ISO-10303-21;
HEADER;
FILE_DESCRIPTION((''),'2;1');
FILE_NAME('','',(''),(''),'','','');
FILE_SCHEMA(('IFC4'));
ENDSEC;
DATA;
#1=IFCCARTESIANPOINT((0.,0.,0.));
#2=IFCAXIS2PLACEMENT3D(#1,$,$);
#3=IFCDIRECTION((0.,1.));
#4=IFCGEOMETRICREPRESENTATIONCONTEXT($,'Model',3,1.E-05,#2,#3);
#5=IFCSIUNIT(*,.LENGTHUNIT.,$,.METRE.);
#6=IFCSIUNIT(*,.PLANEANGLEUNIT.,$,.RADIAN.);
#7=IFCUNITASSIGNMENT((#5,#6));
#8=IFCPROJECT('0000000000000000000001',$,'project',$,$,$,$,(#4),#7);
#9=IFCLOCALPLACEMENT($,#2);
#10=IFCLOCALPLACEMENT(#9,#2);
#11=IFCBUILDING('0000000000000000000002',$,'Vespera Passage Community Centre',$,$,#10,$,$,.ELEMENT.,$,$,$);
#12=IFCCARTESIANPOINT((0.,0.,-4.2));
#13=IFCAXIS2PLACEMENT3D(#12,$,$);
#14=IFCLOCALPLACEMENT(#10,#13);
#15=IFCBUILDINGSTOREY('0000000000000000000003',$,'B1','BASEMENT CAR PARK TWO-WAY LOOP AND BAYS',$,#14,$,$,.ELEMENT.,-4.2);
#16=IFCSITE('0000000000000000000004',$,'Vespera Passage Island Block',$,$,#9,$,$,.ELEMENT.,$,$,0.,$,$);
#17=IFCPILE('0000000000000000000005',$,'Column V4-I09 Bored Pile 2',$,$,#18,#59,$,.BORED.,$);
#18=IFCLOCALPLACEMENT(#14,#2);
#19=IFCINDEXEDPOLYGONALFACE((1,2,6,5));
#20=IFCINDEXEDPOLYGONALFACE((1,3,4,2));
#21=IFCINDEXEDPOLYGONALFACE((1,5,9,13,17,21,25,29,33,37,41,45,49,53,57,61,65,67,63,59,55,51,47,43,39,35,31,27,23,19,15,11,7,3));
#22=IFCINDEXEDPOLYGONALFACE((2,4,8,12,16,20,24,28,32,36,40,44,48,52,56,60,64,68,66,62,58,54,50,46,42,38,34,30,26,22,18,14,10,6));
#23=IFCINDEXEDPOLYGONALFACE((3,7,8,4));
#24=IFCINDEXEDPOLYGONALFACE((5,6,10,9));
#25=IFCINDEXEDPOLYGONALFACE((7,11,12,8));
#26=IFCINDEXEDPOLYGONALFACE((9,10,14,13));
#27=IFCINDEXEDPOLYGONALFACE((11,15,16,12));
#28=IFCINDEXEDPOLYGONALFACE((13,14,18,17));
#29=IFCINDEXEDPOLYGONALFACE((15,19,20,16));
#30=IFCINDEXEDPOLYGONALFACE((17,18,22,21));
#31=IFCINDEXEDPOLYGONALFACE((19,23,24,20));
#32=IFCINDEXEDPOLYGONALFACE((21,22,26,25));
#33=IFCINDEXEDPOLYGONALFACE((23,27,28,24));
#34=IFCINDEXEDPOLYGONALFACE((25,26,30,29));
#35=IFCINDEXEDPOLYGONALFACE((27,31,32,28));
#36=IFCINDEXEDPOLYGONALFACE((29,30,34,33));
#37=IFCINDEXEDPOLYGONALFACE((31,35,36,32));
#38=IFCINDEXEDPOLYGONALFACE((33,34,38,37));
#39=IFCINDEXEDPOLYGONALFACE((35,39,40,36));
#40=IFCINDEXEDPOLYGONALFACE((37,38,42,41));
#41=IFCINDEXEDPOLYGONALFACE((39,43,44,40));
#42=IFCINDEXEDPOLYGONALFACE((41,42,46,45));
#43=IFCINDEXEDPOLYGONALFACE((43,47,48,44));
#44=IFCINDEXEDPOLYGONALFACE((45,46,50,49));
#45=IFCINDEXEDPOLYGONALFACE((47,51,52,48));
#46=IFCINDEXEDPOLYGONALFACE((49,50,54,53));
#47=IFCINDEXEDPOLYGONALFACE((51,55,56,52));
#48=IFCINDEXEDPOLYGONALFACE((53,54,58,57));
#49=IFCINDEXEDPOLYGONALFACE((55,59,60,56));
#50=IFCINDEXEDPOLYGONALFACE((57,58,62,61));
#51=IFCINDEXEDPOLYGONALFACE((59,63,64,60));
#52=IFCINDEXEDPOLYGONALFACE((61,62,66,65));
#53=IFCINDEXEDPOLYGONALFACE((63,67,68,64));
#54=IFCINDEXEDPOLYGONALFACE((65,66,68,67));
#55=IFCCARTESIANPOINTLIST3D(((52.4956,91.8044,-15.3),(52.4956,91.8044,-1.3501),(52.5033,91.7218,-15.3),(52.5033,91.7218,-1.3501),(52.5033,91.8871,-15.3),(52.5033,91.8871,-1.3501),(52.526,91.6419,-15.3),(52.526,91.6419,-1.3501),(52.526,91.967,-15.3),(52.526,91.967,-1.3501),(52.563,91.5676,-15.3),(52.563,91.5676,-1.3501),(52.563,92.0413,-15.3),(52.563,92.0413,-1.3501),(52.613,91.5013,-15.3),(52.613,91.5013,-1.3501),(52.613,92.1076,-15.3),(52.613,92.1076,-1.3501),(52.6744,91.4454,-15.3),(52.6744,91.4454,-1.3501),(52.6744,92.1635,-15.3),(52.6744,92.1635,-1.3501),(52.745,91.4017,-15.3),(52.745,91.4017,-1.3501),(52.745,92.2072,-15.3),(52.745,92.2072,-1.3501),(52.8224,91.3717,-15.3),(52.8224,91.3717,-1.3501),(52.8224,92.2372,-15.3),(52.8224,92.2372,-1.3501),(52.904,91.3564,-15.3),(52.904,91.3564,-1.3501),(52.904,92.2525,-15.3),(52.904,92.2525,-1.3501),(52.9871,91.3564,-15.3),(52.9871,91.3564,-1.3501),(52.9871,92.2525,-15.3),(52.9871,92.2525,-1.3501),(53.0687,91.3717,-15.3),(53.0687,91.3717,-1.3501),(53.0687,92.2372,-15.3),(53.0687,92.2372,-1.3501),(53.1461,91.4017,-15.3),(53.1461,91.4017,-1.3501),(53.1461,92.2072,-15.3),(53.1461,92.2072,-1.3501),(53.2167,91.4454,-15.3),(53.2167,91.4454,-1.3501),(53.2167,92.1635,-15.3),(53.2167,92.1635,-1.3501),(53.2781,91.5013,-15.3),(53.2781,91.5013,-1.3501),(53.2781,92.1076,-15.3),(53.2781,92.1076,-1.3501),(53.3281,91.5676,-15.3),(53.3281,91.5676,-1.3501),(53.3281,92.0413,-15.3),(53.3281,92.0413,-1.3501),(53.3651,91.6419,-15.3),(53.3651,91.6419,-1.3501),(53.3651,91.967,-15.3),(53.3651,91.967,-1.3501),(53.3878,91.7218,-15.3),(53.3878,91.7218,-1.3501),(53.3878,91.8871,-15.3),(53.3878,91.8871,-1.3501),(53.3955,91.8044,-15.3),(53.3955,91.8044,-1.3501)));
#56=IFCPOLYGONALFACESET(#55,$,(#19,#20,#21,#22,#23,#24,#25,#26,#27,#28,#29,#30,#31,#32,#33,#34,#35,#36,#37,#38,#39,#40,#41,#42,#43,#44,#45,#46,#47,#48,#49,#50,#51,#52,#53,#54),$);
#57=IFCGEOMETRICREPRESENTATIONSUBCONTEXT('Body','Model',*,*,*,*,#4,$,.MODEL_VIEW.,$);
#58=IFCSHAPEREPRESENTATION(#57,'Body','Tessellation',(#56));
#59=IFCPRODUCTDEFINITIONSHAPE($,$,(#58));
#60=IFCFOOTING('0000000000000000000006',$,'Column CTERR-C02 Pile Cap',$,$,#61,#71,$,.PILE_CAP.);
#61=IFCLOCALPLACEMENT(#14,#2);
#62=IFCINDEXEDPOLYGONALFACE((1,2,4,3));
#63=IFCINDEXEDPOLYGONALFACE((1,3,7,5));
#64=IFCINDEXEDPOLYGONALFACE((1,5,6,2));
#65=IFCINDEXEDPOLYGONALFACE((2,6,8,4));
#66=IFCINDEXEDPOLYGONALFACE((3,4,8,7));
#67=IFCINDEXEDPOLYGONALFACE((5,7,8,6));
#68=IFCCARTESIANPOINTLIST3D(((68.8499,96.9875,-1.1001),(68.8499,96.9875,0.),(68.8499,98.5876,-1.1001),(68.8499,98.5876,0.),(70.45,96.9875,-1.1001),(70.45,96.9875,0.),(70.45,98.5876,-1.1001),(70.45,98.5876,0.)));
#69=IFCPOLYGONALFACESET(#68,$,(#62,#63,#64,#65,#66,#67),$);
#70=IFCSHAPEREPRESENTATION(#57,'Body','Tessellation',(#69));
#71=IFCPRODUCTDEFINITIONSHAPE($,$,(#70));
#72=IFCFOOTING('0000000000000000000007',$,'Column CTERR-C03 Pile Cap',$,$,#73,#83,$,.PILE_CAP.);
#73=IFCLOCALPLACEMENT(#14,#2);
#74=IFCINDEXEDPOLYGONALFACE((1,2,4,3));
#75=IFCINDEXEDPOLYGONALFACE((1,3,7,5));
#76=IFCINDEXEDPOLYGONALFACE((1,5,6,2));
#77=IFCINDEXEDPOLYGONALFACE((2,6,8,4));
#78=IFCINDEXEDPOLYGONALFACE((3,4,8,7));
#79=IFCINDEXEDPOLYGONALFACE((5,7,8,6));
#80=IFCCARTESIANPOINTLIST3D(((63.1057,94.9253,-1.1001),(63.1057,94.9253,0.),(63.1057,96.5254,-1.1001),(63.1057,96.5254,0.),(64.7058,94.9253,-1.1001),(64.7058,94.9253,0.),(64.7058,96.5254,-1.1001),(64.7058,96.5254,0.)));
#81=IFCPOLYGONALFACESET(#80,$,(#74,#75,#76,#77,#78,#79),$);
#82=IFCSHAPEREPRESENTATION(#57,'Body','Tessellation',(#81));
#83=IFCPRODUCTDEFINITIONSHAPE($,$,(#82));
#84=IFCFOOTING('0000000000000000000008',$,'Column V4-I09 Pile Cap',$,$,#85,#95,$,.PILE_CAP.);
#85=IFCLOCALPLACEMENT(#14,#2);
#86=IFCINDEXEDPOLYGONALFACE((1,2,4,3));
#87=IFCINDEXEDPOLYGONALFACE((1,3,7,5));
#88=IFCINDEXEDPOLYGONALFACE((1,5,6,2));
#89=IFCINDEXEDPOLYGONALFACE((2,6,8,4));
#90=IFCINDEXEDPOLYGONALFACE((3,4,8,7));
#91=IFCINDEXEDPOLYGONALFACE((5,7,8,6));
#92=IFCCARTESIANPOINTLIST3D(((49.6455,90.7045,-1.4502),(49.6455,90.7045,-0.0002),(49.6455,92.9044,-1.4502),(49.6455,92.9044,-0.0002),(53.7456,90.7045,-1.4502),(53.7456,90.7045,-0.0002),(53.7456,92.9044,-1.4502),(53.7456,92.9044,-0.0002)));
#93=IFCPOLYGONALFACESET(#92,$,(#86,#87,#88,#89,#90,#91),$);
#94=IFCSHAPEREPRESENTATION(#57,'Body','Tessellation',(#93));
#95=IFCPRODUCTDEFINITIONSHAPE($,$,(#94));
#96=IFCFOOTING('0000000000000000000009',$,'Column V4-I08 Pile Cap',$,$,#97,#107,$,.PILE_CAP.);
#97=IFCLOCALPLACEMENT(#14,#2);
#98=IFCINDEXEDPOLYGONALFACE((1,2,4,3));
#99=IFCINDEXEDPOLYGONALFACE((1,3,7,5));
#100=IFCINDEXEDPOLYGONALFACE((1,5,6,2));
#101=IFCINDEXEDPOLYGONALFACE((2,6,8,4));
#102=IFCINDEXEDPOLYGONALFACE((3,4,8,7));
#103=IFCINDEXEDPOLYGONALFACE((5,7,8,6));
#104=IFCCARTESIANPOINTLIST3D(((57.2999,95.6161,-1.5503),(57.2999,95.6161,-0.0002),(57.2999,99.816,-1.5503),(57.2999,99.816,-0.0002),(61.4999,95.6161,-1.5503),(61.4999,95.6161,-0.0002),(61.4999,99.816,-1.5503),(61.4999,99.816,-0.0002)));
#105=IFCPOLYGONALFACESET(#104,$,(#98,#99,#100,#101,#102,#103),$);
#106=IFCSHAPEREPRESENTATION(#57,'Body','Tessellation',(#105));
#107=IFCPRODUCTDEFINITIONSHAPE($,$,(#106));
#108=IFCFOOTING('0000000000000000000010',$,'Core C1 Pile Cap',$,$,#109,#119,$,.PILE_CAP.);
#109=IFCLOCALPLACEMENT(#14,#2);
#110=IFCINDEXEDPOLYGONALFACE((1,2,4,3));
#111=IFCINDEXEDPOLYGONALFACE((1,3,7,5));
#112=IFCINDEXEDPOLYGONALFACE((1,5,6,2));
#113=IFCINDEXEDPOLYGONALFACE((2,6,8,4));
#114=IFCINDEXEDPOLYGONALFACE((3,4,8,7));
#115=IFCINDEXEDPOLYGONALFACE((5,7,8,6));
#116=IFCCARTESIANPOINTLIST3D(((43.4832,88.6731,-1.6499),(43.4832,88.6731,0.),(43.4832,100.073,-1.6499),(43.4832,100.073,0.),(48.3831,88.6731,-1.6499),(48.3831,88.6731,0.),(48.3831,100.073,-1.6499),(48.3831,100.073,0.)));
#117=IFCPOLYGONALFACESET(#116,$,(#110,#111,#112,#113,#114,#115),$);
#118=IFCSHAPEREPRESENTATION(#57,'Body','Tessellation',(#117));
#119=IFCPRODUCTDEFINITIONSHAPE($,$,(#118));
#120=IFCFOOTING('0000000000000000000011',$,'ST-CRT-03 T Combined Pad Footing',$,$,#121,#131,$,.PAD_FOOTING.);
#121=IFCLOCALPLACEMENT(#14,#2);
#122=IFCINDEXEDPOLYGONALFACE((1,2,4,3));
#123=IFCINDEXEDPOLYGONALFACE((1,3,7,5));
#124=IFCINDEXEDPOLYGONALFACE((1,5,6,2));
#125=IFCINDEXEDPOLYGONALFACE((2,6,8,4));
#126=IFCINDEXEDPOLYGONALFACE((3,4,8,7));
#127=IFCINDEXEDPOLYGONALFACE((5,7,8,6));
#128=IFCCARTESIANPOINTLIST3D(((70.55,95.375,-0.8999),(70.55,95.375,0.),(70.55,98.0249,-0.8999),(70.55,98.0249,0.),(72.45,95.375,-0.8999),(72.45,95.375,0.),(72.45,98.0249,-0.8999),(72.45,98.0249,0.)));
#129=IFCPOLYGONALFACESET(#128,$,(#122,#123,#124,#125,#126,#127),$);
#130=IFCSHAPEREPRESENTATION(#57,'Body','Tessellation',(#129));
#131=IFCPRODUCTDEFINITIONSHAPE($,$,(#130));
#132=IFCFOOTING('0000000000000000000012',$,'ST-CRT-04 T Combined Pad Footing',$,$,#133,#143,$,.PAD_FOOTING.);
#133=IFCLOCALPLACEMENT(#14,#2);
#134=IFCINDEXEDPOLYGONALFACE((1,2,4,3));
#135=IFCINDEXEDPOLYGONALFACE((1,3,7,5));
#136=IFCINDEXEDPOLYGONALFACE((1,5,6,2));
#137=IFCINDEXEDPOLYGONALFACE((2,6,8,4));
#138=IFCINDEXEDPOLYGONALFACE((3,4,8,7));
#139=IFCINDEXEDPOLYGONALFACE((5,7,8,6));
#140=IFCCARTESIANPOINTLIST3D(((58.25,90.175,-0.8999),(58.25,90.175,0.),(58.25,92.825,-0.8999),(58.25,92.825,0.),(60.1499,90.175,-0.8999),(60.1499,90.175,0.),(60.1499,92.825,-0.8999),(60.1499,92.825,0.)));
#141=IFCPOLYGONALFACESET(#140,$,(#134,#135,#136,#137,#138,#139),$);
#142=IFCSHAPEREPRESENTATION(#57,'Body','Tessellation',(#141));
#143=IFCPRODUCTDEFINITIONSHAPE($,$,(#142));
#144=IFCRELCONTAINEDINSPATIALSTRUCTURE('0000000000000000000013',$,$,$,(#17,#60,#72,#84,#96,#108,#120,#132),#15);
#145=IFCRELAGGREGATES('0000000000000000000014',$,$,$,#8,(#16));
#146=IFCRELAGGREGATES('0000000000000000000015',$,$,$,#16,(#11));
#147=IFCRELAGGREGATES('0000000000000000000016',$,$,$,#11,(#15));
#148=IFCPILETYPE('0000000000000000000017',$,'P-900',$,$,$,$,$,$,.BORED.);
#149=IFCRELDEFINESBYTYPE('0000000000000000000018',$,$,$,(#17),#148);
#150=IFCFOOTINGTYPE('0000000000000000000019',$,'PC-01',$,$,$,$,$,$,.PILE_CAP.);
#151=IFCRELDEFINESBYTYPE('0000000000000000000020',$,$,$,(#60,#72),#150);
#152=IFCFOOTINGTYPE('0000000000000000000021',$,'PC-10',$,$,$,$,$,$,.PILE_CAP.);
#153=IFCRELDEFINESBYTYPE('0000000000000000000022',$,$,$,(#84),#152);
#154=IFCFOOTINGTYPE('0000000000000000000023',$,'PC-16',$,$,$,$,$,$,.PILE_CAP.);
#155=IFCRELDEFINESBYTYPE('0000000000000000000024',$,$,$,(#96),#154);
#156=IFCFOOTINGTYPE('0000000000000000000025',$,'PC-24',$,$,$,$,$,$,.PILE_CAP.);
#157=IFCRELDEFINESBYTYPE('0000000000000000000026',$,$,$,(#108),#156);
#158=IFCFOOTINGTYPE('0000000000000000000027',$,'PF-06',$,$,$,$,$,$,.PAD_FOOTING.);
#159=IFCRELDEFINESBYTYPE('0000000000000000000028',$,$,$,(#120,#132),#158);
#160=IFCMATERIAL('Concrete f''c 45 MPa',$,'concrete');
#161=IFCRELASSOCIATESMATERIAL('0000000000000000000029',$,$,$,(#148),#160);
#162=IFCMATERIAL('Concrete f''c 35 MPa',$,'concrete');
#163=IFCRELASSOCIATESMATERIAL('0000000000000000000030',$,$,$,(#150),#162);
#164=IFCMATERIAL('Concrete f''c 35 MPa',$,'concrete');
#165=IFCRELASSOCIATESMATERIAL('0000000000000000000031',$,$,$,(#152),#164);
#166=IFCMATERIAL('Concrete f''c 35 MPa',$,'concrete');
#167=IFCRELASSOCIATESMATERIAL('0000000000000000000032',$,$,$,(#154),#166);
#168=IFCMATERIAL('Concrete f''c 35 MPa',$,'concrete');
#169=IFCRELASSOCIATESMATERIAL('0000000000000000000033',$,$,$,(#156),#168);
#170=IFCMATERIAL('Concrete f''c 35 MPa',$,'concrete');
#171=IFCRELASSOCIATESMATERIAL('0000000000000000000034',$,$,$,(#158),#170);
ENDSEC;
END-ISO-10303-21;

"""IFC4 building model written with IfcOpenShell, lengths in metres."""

from ifc_helpers import new_model, si_unit, direction, frame, origin, origin_2d, place, context, subcontext, project, spatial, rectangle, circle, extrude, material, material_profile, profile_set, type_object, element, save


model = new_model("IFC4")

# Units and contexts
model_context = context("Model", 3, precision=1e-05, world=origin(), true_north=direction((0.0, 1.0)))
body_context = subcontext(model_context, "Body", "Model", "MODEL_VIEW")
ifc_project = project(units=[si_unit("LENGTHUNIT", "METRE"), si_unit("PLANEANGLEUNIT", "RADIAN")], contexts=[model_context])

# Site, building, storey
site_placement = place(None, origin())
site = spatial("IfcSite", under=ifc_project, at=site_placement, Name="Vespera Passage Island Block", CompositionType="ELEMENT", RefElevation=0.0)
building_placement = place(site_placement, origin())
building = spatial("IfcBuilding", under=site, at=building_placement, Name="Vespera Passage Community Centre", CompositionType="ELEMENT")
storey_placement = place(building_placement, frame((0.0, 0.0, -4.2)))
storey = spatial("IfcBuildingStorey", under=building, at=storey_placement, Name="B1", Description="BASEMENT CAR PARK TWO-WAY LOOP AND BAYS", CompositionType="ELEMENT", Elevation=-4.2)

# Pile
ifc_material_1 = material(Name="Concrete f'c 45 MPa", Category="concrete")
ifc_material_profile_1 = material_profile(ifc_material_1, circle(Radius=0.45, at=origin_2d()), Name="PILE900DIA")
ifc_profile_set_1 = profile_set([ifc_material_profile_1], Name="Concrete f'c 45 MPa")
pile_type_1 = type_object("IfcPileType", Name="P-900", PredefinedType="BORED", material=ifc_profile_set_1)
for number, where, z_axis, x_axis, name in (
    (1, (52.9456, 91.8044, -1.3501), (0.0, 0.0, -1.0), (1.0, 0.0, 0.0), "Column V4-I09 Bored Pile 2"),
):
    element("IfcPile", number, at=place(storey_placement, frame(where, z_axis=z_axis, x_axis=x_axis)), inside=storey, type_object=pile_type_1, Name=name, PredefinedType="BORED", context=body_context, shape_type="SweptSolid", body=[
        extrude(circle(Radius=0.45, at=origin_2d()), origin(), (0.0, 0.0, 1.0), 13.95),
    ])

# Footings
ifc_material_2 = material(Name="Concrete f'c 35 MPa", Category="concrete")
footing_type_1 = type_object("IfcFootingType", Name="PC-01", PredefinedType="PILE_CAP", material=ifc_material_2)
for number, where, z_axis, x_axis, name in (
    (2, (69.6499, 97.7876, -1.1001), (0.0, 0.0, 1.0), (1.0, 0.0, 0.0), "Column CTERR-C02 Pile Cap"),
    (3, (63.9058, 95.7253, -1.1001), (0.0, 0.0, 1.0), (1.0, 0.0, 0.0), "Column CTERR-C03 Pile Cap"),
):
    element("IfcFooting", number, at=place(storey_placement, frame(where, z_axis=z_axis, x_axis=x_axis)), inside=storey, type_object=footing_type_1, Name=name, PredefinedType="PILE_CAP", context=body_context, shape_type="SweptSolid", body=[
        extrude(rectangle(XDim=1.6001, YDim=1.6001, at=origin_2d()), origin(), (0.0, 0.0, 1.0), 1.1001),
    ])
ifc_material_3 = material(Name="Concrete f'c 35 MPa", Category="concrete")
footing_type_2 = type_object("IfcFootingType", Name="PC-10", PredefinedType="PILE_CAP", material=ifc_material_3)
footing_1_placement = place(storey_placement, frame((51.6956, 91.8044, -1.4502), z_axis=(0.0, 0.0, 1.0), x_axis=(1.0, 0.0, 0.0)))
element("IfcFooting", 4, at=footing_1_placement, inside=storey, type_object=footing_type_2, Name="Column V4-I09 Pile Cap", PredefinedType="PILE_CAP", context=body_context, shape_type="SweptSolid", body=[
    extrude(rectangle(XDim=4.1001, YDim=2.2, at=origin_2d()), origin(), (0.0, 0.0, 1.0), 1.45),
])
ifc_material_4 = material(Name="Concrete f'c 35 MPa", Category="concrete")
footing_type_3 = type_object("IfcFootingType", Name="PC-16", PredefinedType="PILE_CAP", material=ifc_material_4)
footing_2_placement = place(storey_placement, frame((59.3999, 97.7161, -1.5503), z_axis=(0.0, 0.0, 1.0), x_axis=(1.0, 0.0, 0.0)))
element("IfcFooting", 5, at=footing_2_placement, inside=storey, type_object=footing_type_3, Name="Column V4-I08 Pile Cap", PredefinedType="PILE_CAP", context=body_context, shape_type="SweptSolid", body=[
    extrude(rectangle(XDim=4.2, YDim=4.2, at=origin_2d()), origin(), (0.0, 0.0, 1.0), 1.55),
])
ifc_material_5 = material(Name="Concrete f'c 35 MPa", Category="concrete")
footing_type_4 = type_object("IfcFootingType", Name="PC-24", PredefinedType="PILE_CAP", material=ifc_material_5)
footing_3_placement = place(storey_placement, frame((45.9331, 94.373, -1.6499), z_axis=(0.0, 0.0, 1.0), x_axis=(0.0, 1.0, 0.0)))
element("IfcFooting", 6, at=footing_3_placement, inside=storey, type_object=footing_type_4, Name="Core C1 Pile Cap", PredefinedType="PILE_CAP", context=body_context, shape_type="SweptSolid", body=[
    extrude(rectangle(XDim=11.3999, YDim=4.8999, at=origin_2d()), origin(), (0.0, 0.0, 1.0), 1.6499),
])
ifc_material_6 = material(Name="Concrete f'c 35 MPa", Category="concrete")
footing_type_5 = type_object("IfcFootingType", Name="PF-06", PredefinedType="PAD_FOOTING", material=ifc_material_6)
for number, where, z_axis, x_axis, name in (
    (7, (71.5, 96.7, -0.8999), (0.0, 0.0, 1.0), (0.0, 1.0, 0.0), "ST-CRT-03 T Combined Pad Footing"),
    (8, (59.2, 91.5, -0.8999), (0.0, 0.0, 1.0), (0.0, 1.0, 0.0), "ST-CRT-04 T Combined Pad Footing"),
):
    element("IfcFooting", number, at=place(storey_placement, frame(where, z_axis=z_axis, x_axis=x_axis)), inside=storey, type_object=footing_type_5, Name=name, PredefinedType="PAD_FOOTING", context=body_context, shape_type="SweptSolid", body=[
        extrude(rectangle(XDim=2.6499, YDim=1.8999, at=origin_2d()), origin(), (0.0, 0.0, 1.0), 0.8999),
    ])

save(model, "model.ifc")
